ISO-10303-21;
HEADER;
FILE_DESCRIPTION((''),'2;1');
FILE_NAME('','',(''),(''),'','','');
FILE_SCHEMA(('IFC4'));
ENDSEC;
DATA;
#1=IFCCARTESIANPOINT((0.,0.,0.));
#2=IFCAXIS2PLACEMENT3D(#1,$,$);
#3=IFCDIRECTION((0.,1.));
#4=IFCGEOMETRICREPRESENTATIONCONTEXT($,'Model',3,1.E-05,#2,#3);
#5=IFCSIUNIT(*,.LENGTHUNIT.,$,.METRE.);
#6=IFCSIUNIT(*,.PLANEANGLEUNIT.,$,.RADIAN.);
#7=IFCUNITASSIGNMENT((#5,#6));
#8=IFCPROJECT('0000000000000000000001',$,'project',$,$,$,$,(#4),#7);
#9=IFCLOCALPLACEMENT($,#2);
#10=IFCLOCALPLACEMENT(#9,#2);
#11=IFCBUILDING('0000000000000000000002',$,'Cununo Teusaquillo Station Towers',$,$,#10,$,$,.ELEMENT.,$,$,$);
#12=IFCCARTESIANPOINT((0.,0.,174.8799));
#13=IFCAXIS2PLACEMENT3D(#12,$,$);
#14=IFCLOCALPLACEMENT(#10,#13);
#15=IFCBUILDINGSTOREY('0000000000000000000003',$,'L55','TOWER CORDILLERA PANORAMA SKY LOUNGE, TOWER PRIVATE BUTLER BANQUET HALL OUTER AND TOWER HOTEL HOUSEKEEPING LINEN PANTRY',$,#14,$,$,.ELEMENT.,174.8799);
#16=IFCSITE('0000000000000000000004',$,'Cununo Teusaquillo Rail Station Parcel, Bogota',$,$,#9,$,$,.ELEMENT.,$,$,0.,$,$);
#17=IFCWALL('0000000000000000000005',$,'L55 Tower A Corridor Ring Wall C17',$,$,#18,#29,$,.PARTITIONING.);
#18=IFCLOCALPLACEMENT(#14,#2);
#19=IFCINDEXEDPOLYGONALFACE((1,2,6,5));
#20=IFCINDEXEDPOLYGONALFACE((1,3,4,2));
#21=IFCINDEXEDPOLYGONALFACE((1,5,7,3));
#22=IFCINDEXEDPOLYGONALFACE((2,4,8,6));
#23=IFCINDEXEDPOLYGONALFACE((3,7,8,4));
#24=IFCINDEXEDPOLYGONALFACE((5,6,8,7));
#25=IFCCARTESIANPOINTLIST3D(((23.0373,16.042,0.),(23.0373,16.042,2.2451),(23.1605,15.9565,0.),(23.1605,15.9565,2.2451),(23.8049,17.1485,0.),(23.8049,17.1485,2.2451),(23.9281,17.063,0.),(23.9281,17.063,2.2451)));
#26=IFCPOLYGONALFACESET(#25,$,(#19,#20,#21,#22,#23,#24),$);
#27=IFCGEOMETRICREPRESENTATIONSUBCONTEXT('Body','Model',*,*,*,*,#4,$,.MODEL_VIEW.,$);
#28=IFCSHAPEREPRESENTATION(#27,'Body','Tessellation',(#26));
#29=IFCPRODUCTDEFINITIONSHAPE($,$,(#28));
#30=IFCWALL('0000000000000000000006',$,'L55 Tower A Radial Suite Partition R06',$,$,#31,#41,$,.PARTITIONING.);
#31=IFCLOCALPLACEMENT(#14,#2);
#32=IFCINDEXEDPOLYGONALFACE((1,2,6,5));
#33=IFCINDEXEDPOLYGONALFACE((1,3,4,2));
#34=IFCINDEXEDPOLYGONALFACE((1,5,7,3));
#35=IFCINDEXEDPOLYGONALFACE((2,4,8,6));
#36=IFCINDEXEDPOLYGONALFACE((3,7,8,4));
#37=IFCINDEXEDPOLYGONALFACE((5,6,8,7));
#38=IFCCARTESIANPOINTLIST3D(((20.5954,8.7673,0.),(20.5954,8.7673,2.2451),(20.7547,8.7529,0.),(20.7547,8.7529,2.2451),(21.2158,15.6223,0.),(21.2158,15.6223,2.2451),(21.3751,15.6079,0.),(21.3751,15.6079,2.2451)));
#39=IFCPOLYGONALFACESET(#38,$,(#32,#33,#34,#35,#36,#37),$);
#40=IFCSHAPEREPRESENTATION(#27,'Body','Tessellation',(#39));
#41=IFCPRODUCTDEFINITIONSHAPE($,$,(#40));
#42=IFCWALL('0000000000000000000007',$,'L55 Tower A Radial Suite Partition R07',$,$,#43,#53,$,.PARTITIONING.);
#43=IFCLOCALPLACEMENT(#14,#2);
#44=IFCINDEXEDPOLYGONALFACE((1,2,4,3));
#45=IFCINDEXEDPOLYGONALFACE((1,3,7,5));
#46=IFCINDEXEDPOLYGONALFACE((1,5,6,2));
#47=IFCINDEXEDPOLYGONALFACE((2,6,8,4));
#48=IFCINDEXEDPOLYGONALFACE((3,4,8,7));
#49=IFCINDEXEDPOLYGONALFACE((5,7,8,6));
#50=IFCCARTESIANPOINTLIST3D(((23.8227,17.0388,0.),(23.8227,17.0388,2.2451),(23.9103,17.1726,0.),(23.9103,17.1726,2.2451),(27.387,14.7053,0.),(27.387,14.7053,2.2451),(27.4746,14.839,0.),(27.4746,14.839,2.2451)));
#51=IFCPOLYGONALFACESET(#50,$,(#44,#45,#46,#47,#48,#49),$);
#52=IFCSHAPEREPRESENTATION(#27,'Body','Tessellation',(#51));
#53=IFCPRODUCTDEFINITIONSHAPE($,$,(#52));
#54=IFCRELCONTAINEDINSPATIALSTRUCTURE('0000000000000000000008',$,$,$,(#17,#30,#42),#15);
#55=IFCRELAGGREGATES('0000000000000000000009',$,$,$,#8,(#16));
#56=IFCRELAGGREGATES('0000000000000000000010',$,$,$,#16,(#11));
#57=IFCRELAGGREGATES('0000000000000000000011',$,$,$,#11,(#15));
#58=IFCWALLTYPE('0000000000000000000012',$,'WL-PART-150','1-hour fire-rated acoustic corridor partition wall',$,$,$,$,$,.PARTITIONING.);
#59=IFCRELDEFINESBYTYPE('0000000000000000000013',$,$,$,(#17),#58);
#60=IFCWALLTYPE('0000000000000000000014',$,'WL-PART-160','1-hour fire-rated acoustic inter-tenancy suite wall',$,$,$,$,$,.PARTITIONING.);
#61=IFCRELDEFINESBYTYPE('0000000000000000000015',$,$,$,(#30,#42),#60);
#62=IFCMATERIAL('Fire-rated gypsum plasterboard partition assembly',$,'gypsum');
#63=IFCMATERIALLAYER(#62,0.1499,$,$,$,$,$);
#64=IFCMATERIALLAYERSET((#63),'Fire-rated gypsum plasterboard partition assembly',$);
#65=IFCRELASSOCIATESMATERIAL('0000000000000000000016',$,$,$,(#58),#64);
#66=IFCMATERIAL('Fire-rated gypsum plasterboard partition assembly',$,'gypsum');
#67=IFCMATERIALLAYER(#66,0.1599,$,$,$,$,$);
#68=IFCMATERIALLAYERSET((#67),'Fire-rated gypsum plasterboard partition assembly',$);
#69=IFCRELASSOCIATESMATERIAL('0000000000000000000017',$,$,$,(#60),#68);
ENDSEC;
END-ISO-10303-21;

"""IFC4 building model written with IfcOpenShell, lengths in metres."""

from ifc_helpers import new_model, si_unit, direction, frame, frame_2d, origin, place, context, subcontext, project, spatial, rectangle, extrude, material, layer, layer_set, type_object, element, save


model = new_model("IFC4")

# Units and contexts
model_context = context("Model", 3, precision=1e-05, world=origin(), true_north=direction((0.0, 1.0)))
body_context = subcontext(model_context, "Body", "Model", "MODEL_VIEW")
ifc_project = project(units=[si_unit("LENGTHUNIT", "METRE"), si_unit("PLANEANGLEUNIT", "RADIAN")], contexts=[model_context])

# Site, building, storey
site_placement = place(None, origin())
site = spatial("IfcSite", under=ifc_project, at=site_placement, Name="Cununo Teusaquillo Rail Station Parcel, Bogota", CompositionType="ELEMENT", RefElevation=0.0)
building_placement = place(site_placement, origin())
building = spatial("IfcBuilding", under=site, at=building_placement, Name="Cununo Teusaquillo Station Towers", CompositionType="ELEMENT")
storey_placement = place(building_placement, frame((0.0, 0.0, 174.8799)))
storey = spatial("IfcBuildingStorey", under=building, at=storey_placement, Name="L55", Description="TOWER CORDILLERA PANORAMA SKY LOUNGE, TOWER PRIVATE BUTLER BANQUET HALL OUTER AND TOWER HOTEL HOUSEKEEPING LINEN PANTRY", CompositionType="ELEMENT", Elevation=174.8799)

# Shared definitions
ifc_material_1 = material(Name="Fire-rated gypsum plasterboard partition assembly", Category="gypsum")
ifc_layer_1 = layer(ifc_material_1, 0.1499)
ifc_layer_set_1 = layer_set([ifc_layer_1], Name="Fire-rated gypsum plasterboard partition assembly")
wall_type_1 = type_object("IfcWallType", Name="WL-PART-150", Description="1-hour fire-rated acoustic corridor partition wall", PredefinedType="PARTITIONING", material=ifc_layer_set_1)

# Walls
wall_1_placement = place(storey_placement, frame((23.0989, 15.9993, 0.0), z_axis=(0.0, 0.0, 1.0), x_axis=(0.570002, 0.821644, 0.0)))
element("IfcWall", 1, at=wall_1_placement, inside=storey, type_object=wall_type_1, Name="L55 Tower A Corridor Ring Wall C17", PredefinedType="PARTITIONING", context=body_context, shape_type="SweptSolid", body=[
    extrude(rectangle(XDim=1.3467, YDim=0.1499, at=frame_2d((0.6733, 0.0))), origin(), (0.0, 0.0, 1.0), 2.2451),
])
ifc_material_2 = material(Name="Fire-rated gypsum plasterboard partition assembly", Category="gypsum")
ifc_layer_2 = layer(ifc_material_2, 0.1599)
ifc_layer_set_2 = layer_set([ifc_layer_2], Name="Fire-rated gypsum plasterboard partition assembly")
wall_type_2 = type_object("IfcWallType", Name="WL-PART-160", Description="1-hour fire-rated acoustic inter-tenancy suite wall", PredefinedType="PARTITIONING", material=ifc_layer_set_2)
wall_2_placement = place(storey_placement, frame((21.2954, 15.615, 0.0), z_axis=(0.0, 0.0, 1.0), x_axis=(-0.09013, -0.99593, 0.0)))
element("IfcWall", 2, at=wall_2_placement, inside=storey, type_object=wall_type_2, Name="L55 Tower A Radial Suite Partition R06", PredefinedType="PARTITIONING", context=body_context, shape_type="SweptSolid", body=[
    extrude(rectangle(XDim=6.8831, YDim=0.1599, at=frame_2d((3.4414, 0.0))), origin(), (0.0, 0.0, 1.0), 2.2451),
])
wall_3_placement = place(storey_placement, frame((23.8665, 17.1057, 0.0), z_axis=(0.0, 0.0, 1.0), x_axis=(0.836641, -0.547751, 0.0)))
element("IfcWall", 3, at=wall_3_placement, inside=storey, type_object=wall_type_2, Name="L55 Tower A Radial Suite Partition R07", PredefinedType="PARTITIONING", context=body_context, shape_type="SweptSolid", body=[
    extrude(rectangle(XDim=4.2603, YDim=0.1599, at=frame_2d((2.1301, 0.0))), origin(), (0.0, 0.0, 1.0), 2.2451),
])

save(model, "model.ifc")
